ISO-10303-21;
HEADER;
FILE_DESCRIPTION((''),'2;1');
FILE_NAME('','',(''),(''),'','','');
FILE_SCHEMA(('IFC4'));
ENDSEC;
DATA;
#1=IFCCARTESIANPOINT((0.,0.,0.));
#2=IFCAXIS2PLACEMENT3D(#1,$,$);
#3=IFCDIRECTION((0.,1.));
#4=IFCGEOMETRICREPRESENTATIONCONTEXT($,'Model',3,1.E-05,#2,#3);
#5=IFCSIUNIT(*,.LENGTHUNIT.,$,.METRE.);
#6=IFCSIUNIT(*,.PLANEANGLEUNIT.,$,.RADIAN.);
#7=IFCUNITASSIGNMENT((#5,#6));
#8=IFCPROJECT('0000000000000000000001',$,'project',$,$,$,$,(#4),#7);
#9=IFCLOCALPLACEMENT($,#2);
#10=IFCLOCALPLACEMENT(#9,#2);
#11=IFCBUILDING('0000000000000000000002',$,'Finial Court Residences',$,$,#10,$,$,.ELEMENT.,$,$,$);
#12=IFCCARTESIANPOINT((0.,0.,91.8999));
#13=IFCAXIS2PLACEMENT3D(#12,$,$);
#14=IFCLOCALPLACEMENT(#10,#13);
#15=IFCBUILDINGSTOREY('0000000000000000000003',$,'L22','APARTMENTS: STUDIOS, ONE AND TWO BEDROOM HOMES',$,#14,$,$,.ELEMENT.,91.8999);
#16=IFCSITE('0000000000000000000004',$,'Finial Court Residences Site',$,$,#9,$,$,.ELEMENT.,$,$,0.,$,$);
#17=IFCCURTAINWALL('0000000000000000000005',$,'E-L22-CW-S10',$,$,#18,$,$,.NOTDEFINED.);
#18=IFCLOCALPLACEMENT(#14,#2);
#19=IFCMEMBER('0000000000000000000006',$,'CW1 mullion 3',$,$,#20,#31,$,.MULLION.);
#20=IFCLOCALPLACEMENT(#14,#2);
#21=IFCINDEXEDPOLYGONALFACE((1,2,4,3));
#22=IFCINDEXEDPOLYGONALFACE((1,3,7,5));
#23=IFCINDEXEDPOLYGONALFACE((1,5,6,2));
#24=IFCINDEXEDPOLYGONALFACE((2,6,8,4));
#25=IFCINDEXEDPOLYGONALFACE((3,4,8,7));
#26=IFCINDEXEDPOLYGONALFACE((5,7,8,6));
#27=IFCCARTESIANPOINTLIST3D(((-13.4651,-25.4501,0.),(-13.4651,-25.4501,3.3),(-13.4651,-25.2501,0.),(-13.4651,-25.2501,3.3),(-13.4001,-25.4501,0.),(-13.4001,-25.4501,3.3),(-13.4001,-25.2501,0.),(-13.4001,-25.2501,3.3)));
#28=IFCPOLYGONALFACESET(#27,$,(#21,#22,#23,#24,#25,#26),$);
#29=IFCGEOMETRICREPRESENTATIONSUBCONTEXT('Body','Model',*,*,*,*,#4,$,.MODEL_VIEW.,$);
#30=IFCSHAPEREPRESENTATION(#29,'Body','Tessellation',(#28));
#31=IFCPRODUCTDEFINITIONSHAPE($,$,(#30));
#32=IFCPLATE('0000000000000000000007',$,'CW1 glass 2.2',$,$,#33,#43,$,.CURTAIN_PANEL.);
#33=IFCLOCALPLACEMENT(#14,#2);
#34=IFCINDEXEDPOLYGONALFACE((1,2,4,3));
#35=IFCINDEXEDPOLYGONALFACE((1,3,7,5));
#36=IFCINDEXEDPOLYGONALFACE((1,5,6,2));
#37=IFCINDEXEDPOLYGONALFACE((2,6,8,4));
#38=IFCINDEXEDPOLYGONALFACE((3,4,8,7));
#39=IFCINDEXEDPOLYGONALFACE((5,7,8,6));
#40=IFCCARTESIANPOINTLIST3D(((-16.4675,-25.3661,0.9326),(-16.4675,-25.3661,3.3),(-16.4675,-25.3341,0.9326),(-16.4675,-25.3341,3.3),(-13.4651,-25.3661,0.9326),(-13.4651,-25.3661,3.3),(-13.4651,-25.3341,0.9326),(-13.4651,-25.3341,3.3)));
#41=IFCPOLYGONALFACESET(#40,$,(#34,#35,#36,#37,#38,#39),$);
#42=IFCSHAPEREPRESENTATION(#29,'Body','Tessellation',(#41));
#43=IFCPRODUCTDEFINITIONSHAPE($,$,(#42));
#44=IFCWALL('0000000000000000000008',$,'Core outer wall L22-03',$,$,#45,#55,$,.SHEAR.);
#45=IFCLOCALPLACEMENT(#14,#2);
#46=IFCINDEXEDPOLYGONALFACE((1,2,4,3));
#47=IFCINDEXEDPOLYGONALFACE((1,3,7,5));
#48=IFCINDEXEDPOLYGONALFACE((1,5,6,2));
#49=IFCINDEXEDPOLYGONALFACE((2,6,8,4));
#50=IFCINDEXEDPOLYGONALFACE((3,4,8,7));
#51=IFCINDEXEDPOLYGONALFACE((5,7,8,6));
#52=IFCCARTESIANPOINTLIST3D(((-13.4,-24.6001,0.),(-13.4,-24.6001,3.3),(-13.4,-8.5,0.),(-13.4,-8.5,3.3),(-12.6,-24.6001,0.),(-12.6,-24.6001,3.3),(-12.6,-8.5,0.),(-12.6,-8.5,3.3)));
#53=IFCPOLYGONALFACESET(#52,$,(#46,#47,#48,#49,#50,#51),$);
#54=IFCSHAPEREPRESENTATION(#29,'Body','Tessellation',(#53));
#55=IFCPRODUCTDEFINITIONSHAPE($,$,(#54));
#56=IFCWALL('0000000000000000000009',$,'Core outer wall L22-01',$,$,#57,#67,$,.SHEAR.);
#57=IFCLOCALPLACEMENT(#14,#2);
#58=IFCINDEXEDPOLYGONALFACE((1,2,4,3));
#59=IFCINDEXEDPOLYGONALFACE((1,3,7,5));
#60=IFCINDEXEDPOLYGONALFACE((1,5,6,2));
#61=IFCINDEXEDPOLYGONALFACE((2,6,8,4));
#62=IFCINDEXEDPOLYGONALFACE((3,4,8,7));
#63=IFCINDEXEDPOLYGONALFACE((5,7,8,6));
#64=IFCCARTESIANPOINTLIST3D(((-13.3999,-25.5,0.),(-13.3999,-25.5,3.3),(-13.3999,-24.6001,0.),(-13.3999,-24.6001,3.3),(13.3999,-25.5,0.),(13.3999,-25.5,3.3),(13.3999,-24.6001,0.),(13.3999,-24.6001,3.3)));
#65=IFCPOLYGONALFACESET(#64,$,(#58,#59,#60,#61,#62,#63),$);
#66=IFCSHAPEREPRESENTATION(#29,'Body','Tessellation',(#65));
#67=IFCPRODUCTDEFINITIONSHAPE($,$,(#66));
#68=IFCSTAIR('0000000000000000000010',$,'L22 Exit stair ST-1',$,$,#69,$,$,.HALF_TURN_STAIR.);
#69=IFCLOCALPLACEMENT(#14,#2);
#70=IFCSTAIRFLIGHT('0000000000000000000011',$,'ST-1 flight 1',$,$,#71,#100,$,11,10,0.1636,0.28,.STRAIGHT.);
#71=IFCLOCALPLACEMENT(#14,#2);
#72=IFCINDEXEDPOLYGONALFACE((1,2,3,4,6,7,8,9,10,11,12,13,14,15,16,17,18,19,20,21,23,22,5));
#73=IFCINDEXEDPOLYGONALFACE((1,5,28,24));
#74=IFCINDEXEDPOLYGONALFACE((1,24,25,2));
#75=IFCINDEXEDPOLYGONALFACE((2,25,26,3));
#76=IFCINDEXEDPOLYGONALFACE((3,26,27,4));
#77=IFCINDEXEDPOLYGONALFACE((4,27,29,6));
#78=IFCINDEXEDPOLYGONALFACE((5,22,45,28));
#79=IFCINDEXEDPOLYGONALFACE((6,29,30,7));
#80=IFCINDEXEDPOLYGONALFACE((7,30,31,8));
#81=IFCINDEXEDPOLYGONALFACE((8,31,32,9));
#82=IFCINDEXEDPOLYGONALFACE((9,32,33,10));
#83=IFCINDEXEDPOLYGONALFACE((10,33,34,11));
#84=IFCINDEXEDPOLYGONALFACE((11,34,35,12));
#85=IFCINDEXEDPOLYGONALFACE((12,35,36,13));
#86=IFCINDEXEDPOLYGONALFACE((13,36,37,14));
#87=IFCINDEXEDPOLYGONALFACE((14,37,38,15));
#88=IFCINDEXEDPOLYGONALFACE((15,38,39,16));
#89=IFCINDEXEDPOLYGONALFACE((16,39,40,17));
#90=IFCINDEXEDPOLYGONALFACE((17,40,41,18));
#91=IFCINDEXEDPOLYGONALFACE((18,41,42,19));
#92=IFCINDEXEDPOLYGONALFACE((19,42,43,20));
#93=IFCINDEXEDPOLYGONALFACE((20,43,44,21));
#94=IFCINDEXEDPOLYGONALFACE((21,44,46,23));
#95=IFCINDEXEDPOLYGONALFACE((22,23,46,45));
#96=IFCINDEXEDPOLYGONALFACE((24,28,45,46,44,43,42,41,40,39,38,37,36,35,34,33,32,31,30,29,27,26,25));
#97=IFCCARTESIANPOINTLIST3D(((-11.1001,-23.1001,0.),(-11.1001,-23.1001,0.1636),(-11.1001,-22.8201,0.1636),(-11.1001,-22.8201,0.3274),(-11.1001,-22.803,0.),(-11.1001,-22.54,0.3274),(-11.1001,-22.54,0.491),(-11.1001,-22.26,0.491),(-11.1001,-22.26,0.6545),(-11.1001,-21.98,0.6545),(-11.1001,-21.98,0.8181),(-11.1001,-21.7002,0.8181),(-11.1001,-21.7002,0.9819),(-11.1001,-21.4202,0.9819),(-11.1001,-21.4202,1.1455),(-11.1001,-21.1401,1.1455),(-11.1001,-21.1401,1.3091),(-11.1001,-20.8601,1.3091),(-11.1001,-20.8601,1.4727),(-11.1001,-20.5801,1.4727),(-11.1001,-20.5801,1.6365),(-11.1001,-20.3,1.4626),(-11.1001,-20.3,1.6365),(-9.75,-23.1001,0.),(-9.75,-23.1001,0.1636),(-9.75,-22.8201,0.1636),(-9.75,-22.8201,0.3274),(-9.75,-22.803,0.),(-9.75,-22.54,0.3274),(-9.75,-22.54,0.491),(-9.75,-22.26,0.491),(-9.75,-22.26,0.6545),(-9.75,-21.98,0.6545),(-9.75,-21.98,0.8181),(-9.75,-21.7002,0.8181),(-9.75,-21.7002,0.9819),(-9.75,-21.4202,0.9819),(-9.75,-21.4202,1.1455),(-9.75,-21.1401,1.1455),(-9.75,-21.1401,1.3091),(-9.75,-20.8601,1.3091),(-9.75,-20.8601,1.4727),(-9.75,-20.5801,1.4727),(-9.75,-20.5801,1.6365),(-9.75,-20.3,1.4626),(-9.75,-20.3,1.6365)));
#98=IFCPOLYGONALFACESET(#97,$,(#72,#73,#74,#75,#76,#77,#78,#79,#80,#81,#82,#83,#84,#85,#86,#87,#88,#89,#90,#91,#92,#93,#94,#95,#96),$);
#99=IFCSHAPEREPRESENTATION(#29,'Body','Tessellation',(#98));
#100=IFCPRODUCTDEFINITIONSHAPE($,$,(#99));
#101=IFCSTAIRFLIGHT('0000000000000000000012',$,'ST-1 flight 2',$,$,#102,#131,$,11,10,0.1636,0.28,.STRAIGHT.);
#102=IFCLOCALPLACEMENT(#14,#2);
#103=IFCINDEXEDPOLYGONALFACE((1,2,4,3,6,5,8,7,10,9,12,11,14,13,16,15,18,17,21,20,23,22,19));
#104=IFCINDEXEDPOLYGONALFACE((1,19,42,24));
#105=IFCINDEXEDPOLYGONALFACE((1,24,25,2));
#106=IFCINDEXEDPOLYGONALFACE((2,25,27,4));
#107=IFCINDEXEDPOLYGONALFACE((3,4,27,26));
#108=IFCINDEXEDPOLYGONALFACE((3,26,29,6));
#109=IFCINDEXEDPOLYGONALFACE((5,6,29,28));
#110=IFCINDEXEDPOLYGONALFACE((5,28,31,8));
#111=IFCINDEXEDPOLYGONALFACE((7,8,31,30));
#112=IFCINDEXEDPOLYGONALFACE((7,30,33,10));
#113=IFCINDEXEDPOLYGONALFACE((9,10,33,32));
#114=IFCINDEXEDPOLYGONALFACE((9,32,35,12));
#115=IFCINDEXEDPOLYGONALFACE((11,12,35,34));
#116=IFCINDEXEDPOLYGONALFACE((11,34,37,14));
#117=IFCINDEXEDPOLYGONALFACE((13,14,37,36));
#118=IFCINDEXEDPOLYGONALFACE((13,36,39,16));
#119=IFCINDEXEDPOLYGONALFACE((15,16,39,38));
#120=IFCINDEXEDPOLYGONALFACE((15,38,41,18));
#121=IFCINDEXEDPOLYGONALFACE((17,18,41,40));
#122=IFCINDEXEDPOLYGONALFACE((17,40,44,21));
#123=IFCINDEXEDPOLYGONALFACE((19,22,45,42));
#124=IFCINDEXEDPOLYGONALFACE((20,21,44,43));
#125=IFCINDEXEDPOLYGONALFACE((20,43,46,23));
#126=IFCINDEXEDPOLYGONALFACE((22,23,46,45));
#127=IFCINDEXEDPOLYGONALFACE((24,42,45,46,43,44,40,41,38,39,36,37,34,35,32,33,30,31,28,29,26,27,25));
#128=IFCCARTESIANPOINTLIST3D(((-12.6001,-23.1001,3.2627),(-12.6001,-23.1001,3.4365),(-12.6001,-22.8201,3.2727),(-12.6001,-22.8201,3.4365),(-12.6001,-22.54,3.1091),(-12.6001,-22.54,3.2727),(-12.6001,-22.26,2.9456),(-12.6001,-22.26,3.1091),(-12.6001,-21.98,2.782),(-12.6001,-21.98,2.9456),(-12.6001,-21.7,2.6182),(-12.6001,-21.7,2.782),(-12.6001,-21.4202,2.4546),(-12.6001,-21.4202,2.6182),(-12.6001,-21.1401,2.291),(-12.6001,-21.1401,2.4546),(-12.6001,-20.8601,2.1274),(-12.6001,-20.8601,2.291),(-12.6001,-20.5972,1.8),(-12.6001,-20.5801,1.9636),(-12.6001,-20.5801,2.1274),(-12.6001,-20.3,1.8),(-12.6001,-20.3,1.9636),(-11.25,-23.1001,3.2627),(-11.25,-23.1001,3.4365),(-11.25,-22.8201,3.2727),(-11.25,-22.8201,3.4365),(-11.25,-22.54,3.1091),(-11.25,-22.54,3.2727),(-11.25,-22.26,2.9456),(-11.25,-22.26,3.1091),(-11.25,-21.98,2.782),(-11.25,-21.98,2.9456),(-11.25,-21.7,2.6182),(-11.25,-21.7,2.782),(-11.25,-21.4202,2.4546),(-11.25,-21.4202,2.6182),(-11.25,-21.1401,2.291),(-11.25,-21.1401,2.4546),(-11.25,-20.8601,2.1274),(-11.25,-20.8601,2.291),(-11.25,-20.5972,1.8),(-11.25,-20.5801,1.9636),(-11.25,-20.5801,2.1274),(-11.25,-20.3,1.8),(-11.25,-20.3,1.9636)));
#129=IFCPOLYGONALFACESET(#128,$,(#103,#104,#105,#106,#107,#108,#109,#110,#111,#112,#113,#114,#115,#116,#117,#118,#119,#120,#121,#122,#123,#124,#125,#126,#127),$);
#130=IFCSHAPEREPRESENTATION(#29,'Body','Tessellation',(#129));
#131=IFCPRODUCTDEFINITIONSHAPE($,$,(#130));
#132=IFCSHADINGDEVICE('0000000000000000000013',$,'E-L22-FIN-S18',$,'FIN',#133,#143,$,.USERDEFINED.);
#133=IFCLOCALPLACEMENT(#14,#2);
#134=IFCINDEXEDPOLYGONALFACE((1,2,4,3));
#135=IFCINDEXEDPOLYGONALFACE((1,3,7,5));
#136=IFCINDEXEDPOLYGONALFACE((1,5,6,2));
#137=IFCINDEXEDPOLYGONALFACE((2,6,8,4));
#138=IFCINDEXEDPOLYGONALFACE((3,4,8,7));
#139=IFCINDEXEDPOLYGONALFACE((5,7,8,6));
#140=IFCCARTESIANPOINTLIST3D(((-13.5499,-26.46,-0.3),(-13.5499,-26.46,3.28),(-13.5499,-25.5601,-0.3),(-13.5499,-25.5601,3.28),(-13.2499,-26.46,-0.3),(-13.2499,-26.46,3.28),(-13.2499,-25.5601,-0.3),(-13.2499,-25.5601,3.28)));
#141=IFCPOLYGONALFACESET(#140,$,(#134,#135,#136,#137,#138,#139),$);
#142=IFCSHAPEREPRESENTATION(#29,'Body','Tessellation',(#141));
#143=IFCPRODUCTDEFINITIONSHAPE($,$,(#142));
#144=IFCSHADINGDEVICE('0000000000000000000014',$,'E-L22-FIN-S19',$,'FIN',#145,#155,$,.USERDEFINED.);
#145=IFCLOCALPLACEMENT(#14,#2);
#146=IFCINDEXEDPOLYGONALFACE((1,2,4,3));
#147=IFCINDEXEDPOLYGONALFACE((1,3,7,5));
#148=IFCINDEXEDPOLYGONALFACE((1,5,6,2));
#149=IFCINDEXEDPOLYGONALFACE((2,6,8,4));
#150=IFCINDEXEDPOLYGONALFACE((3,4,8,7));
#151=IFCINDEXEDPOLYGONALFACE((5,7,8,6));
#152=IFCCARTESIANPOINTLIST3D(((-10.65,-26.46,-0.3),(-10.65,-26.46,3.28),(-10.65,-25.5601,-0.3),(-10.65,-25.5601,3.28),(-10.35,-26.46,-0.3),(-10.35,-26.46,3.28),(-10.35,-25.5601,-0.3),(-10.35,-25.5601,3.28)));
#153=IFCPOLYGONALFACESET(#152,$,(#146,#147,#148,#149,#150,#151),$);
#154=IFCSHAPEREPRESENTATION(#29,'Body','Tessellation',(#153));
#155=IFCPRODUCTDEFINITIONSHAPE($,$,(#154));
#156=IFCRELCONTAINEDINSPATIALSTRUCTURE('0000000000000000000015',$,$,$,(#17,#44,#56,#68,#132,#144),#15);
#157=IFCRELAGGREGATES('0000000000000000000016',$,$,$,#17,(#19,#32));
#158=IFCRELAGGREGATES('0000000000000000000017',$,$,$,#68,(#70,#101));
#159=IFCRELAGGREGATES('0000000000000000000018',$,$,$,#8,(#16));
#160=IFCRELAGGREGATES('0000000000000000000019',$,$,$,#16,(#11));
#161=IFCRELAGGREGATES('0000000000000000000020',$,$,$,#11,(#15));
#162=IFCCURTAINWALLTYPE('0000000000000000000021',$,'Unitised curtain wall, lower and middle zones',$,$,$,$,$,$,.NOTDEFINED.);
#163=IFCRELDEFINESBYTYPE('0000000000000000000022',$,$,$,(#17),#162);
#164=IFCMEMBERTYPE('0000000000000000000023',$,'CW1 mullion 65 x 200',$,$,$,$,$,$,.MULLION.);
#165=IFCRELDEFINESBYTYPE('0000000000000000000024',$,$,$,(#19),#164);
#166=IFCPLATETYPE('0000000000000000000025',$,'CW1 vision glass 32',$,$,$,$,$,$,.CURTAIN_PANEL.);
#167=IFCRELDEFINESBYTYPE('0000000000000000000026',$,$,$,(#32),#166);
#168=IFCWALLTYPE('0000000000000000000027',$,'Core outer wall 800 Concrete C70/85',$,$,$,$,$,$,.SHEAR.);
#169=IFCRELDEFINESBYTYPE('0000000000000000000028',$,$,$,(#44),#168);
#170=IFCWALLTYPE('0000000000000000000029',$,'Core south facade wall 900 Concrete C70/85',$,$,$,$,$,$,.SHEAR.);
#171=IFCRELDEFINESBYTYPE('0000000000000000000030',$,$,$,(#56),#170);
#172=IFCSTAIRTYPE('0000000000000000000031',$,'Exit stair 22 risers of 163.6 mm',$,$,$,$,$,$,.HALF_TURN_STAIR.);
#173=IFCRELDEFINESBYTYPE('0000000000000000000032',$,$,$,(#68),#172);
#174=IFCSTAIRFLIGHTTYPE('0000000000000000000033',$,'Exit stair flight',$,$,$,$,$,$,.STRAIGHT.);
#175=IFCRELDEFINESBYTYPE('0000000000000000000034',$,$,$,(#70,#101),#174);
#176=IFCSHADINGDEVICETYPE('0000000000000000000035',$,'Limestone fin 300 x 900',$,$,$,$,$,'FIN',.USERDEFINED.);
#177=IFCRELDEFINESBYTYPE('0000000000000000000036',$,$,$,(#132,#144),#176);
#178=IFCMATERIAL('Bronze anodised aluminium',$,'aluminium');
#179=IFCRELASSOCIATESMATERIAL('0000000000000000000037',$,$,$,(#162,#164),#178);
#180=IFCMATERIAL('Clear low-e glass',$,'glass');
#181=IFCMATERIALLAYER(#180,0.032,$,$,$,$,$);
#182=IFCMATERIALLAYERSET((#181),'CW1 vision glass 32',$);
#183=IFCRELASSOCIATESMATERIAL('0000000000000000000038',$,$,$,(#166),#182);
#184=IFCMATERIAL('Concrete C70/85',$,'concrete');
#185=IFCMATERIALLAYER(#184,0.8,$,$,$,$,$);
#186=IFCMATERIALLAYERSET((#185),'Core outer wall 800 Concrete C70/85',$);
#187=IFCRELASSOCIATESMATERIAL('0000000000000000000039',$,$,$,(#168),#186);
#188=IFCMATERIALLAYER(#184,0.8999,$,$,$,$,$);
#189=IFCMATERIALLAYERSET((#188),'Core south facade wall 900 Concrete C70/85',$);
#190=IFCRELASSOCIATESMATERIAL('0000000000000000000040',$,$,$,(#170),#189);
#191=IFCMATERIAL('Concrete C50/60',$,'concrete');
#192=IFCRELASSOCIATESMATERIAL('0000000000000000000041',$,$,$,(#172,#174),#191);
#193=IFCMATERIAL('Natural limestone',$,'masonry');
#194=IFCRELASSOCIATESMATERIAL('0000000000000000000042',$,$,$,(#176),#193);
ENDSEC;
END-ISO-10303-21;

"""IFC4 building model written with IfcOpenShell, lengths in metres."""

from ifc_helpers import new_model, si_unit, direction, frame, frame_2d, origin, origin_2d, place, context, subcontext, project, spatial, polyline, rectangle, outline, extrude, material, layer, layer_set, material_profile, profile_set, type_object, element, aggregate, save


model = new_model("IFC4")

# Units and contexts
model_context = context("Model", 3, precision=1e-05, world=origin(), true_north=direction((0.0, 1.0)))
body_context = subcontext(model_context, "Body", "Model", "MODEL_VIEW")
ifc_project = project(units=[si_unit("LENGTHUNIT", "METRE"), si_unit("PLANEANGLEUNIT", "RADIAN")], contexts=[model_context])

# Site, building, storey
site_placement = place(None, origin())
site = spatial("IfcSite", under=ifc_project, at=site_placement, Name="Finial Court Residences Site", CompositionType="ELEMENT", RefElevation=0.0)
building_placement = place(site_placement, origin())
building = spatial("IfcBuilding", under=site, at=building_placement, Name="Finial Court Residences", CompositionType="ELEMENT")
storey_placement = place(building_placement, frame((0.0, 0.0, 91.8999)))
storey = spatial("IfcBuildingStorey", under=building, at=storey_placement, Name="L22", Description="APARTMENTS: STUDIOS, ONE AND TWO BEDROOM HOMES", CompositionType="ELEMENT", Elevation=91.8999)

# Curtain wall, member, plate
ifc_material_1 = material(Name="Bronze anodised aluminium", Category="aluminium")
curtain_wall_type = type_object("IfcCurtainWallType", Name="Unitised curtain wall, lower and middle zones", PredefinedType="NOTDEFINED", material=ifc_material_1)
curtain_wall_placement = place(storey_placement, origin())
curtain_wall = element("IfcCurtainWall", 1, at=curtain_wall_placement, inside=storey, type_object=curtain_wall_type, Name="E-L22-CW-S10", PredefinedType="NOTDEFINED")
ifc_material_profile = material_profile(ifc_material_1, rectangle(XDim=0.2, YDim=0.0649, at=origin_2d()), Name="CW1 mullion 65 x 200")
ifc_profile_set = profile_set([ifc_material_profile], Name="Bronze anodised aluminium")
member_type = type_object("IfcMemberType", Name="CW1 mullion 65 x 200", PredefinedType="MULLION", material=ifc_profile_set)
member_placement = place(storey_placement, frame((-13.4326, -25.3501, 0.0), z_axis=(0.0, 0.0, 1.0), x_axis=(0.0, 1.0, 0.0)))
member = element("IfcMember", 2, at=member_placement, type_object=member_type, Name="CW1 mullion 3", PredefinedType="MULLION", context=body_context, shape_type="SweptSolid", body=[
    extrude(rectangle(XDim=0.2, YDim=0.0649, at=origin_2d()), origin(), (0.0, 0.0, 1.0), 3.3),
])
ifc_material_2 = material(Name="Clear low-e glass", Category="glass")
ifc_layer_1 = layer(ifc_material_2, 0.032)
ifc_layer_set_1 = layer_set([ifc_layer_1], Name="CW1 vision glass 32")
plate_type = type_object("IfcPlateType", Name="CW1 vision glass 32", PredefinedType="CURTAIN_PANEL", material=ifc_layer_set_1)
plate_placement = place(storey_placement, frame((-14.9663, -25.3501, 0.9326), z_axis=(0.0, 0.0, 1.0), x_axis=(1.0, 0.0, 0.0)))
plate = element("IfcPlate", 3, at=plate_placement, type_object=plate_type, Name="CW1 glass 2.2", PredefinedType="CURTAIN_PANEL", context=body_context, shape_type="SweptSolid", body=[
    extrude(rectangle(XDim=3.0024, YDim=0.032, at=origin_2d()), origin(), (0.0, 0.0, 1.0), 2.3674),
])
aggregate(curtain_wall, [member, plate])

# Walls
ifc_material_3 = material(Name="Concrete C70/85", Category="concrete")
ifc_layer_2 = layer(ifc_material_3, 0.8)
ifc_layer_set_2 = layer_set([ifc_layer_2], Name="Core outer wall 800 Concrete C70/85")
wall_type_1 = type_object("IfcWallType", Name="Core outer wall 800 Concrete C70/85", PredefinedType="SHEAR", material=ifc_layer_set_2)
wall_1_placement = place(storey_placement, frame((-13.0, -24.6001, 0.0), z_axis=(0.0, 0.0, 1.0), x_axis=(0.0, 1.0, 0.0)))
element("IfcWall", 4, at=wall_1_placement, inside=storey, type_object=wall_type_1, Name="Core outer wall L22-03", PredefinedType="SHEAR", context=body_context, shape_type="SweptSolid", body=[
    extrude(rectangle(XDim=16.1001, YDim=0.8, at=frame_2d((8.05, 0.0))), origin(), (0.0, 0.0, 1.0), 3.3),
])
ifc_layer_3 = layer(ifc_material_3, 0.8999)
ifc_layer_set_3 = layer_set([ifc_layer_3], Name="Core south facade wall 900 Concrete C70/85")
wall_type_2 = type_object("IfcWallType", Name="Core south facade wall 900 Concrete C70/85", PredefinedType="SHEAR", material=ifc_layer_set_3)
wall_2_placement = place(storey_placement, frame((-13.3999, -25.05, 0.0), z_axis=(0.0, 0.0, 1.0), x_axis=(1.0, 0.0, 0.0)))
element("IfcWall", 5, at=wall_2_placement, inside=storey, type_object=wall_type_2, Name="Core outer wall L22-01", PredefinedType="SHEAR", context=body_context, shape_type="SweptSolid", body=[
    extrude(rectangle(XDim=26.7998, YDim=0.8999, at=frame_2d((13.3999, 0.0))), origin(), (0.0, 0.0, 1.0), 3.3),
])

# Stair, stair flights
ifc_material_4 = material(Name="Concrete C50/60", Category="concrete")
stair_type = type_object("IfcStairType", Name="Exit stair 22 risers of 163.6 mm", PredefinedType="HALF_TURN_STAIR", material=ifc_material_4)
stair_placement = place(storey_placement, origin())
stair = element("IfcStair", 6, at=stair_placement, inside=storey, type_object=stair_type, Name="L22 Exit stair ST-1", PredefinedType="HALF_TURN_STAIR")
stair_flight_type = type_object("IfcStairFlightType", Name="Exit stair flight", PredefinedType="STRAIGHT", material=ifc_material_4)
stair_flight_1_placement = place(storey_placement, frame((-10.425, -23.1001, 0.0), z_axis=(0.0, 0.0, 1.0), x_axis=(0.0, 1.0, 0.0)))
stair_flight_1 = element("IfcStairFlight", 7, at=stair_flight_1_placement, type_object=stair_flight_type, Name="ST-1 flight 1", NumberOfRisers=11, NumberOfTreads=10, PredefinedType="STRAIGHT", RiserHeight=0.1636, TreadLength=0.28, context=body_context, shape_type="SweptSolid", body=[
    extrude(outline(polyline([(0.0, 0.0), (0.0, 0.1636), (0.28, 0.1636), (0.28, 0.3274), (0.5601, 0.3274), (0.5601, 0.491), (0.8401, 0.491), (0.8401, 0.6545), (1.1201, 0.6545), (1.1201, 0.8181), (1.3999, 0.8181), (1.3999, 0.9819), (1.6799, 0.9819), (1.6799, 1.1455), (1.96, 1.1455), (1.96, 1.3091), (2.24, 1.3091), (2.24, 1.4727), (2.52, 1.4727), (2.52, 1.6365), (2.8, 1.6365), (2.8, 1.8), (2.8, 1.4626), (0.2971, 0.0), (0.0, 0.0)])), frame((0.0, 0.675, 0.0), z_axis=(0.0, -1.0, 0.0), x_axis=(1.0, 0.0, 0.0)), (0.0, 0.0, 1.0), 1.3501),
])
stair_flight_2_placement = place(storey_placement, frame((-11.925, -20.3, 1.8), z_axis=(0.0, 0.0, 1.0), x_axis=(0.0, -1.0, 0.0)))
stair_flight_2 = element("IfcStairFlight", 8, at=stair_flight_2_placement, type_object=stair_flight_type, Name="ST-1 flight 2", NumberOfRisers=11, NumberOfTreads=10, PredefinedType="STRAIGHT", RiserHeight=0.1636, TreadLength=0.28, context=body_context, shape_type="SweptSolid", body=[
    extrude(outline(polyline([(0.0, 0.0), (0.0, 0.1636), (0.28, 0.1636), (0.28, 0.3274), (0.5601, 0.3274), (0.5601, 0.491), (0.8401, 0.491), (0.8401, 0.6545), (1.1201, 0.6545), (1.1201, 0.8181), (1.3999, 0.8181), (1.3999, 0.9819), (1.6799, 0.9819), (1.6799, 1.1455), (1.96, 1.1455), (1.96, 1.3091), (2.24, 1.3091), (2.24, 1.4727), (2.52, 1.4727), (2.52, 1.6365), (2.8, 1.6365), (2.8, 1.8), (2.8, 1.4626), (0.2971, 0.0), (0.0, 0.0)])), frame((0.0, 0.675, 0.0), z_axis=(0.0, -1.0, 0.0), x_axis=(1.0, 0.0, 0.0)), (0.0, 0.0, 1.0), 1.3501),
])
aggregate(stair, [stair_flight_1, stair_flight_2])

# Shading devices
ifc_material_5 = material(Name="Natural limestone", Category="masonry")
shading_device_type = type_object("IfcShadingDeviceType", Name="Limestone fin 300 x 900", ElementType="FIN", PredefinedType="USERDEFINED", material=ifc_material_5)
for number, where, z_axis, x_axis, name in (
    (9, (-13.3999, -26.01, -0.3), (0.0, 0.0, 1.0), (1.0, 0.0, 0.0), "E-L22-FIN-S18"),
    (10, (-10.5, -26.01, -0.3), (0.0, 0.0, 1.0), (1.0, 0.0, 0.0), "E-L22-FIN-S19"),
):
    element("IfcShadingDevice", number, at=place(storey_placement, frame(where, z_axis=z_axis, x_axis=x_axis)), inside=storey, type_object=shading_device_type, Name=name, ObjectType="FIN", PredefinedType="USERDEFINED", context=body_context, shape_type="SweptSolid", body=[
        extrude(rectangle(XDim=0.3, YDim=0.8999, at=origin_2d()), origin(), (0.0, 0.0, 1.0), 3.5801),
    ])

save(model, "model.ifc")
